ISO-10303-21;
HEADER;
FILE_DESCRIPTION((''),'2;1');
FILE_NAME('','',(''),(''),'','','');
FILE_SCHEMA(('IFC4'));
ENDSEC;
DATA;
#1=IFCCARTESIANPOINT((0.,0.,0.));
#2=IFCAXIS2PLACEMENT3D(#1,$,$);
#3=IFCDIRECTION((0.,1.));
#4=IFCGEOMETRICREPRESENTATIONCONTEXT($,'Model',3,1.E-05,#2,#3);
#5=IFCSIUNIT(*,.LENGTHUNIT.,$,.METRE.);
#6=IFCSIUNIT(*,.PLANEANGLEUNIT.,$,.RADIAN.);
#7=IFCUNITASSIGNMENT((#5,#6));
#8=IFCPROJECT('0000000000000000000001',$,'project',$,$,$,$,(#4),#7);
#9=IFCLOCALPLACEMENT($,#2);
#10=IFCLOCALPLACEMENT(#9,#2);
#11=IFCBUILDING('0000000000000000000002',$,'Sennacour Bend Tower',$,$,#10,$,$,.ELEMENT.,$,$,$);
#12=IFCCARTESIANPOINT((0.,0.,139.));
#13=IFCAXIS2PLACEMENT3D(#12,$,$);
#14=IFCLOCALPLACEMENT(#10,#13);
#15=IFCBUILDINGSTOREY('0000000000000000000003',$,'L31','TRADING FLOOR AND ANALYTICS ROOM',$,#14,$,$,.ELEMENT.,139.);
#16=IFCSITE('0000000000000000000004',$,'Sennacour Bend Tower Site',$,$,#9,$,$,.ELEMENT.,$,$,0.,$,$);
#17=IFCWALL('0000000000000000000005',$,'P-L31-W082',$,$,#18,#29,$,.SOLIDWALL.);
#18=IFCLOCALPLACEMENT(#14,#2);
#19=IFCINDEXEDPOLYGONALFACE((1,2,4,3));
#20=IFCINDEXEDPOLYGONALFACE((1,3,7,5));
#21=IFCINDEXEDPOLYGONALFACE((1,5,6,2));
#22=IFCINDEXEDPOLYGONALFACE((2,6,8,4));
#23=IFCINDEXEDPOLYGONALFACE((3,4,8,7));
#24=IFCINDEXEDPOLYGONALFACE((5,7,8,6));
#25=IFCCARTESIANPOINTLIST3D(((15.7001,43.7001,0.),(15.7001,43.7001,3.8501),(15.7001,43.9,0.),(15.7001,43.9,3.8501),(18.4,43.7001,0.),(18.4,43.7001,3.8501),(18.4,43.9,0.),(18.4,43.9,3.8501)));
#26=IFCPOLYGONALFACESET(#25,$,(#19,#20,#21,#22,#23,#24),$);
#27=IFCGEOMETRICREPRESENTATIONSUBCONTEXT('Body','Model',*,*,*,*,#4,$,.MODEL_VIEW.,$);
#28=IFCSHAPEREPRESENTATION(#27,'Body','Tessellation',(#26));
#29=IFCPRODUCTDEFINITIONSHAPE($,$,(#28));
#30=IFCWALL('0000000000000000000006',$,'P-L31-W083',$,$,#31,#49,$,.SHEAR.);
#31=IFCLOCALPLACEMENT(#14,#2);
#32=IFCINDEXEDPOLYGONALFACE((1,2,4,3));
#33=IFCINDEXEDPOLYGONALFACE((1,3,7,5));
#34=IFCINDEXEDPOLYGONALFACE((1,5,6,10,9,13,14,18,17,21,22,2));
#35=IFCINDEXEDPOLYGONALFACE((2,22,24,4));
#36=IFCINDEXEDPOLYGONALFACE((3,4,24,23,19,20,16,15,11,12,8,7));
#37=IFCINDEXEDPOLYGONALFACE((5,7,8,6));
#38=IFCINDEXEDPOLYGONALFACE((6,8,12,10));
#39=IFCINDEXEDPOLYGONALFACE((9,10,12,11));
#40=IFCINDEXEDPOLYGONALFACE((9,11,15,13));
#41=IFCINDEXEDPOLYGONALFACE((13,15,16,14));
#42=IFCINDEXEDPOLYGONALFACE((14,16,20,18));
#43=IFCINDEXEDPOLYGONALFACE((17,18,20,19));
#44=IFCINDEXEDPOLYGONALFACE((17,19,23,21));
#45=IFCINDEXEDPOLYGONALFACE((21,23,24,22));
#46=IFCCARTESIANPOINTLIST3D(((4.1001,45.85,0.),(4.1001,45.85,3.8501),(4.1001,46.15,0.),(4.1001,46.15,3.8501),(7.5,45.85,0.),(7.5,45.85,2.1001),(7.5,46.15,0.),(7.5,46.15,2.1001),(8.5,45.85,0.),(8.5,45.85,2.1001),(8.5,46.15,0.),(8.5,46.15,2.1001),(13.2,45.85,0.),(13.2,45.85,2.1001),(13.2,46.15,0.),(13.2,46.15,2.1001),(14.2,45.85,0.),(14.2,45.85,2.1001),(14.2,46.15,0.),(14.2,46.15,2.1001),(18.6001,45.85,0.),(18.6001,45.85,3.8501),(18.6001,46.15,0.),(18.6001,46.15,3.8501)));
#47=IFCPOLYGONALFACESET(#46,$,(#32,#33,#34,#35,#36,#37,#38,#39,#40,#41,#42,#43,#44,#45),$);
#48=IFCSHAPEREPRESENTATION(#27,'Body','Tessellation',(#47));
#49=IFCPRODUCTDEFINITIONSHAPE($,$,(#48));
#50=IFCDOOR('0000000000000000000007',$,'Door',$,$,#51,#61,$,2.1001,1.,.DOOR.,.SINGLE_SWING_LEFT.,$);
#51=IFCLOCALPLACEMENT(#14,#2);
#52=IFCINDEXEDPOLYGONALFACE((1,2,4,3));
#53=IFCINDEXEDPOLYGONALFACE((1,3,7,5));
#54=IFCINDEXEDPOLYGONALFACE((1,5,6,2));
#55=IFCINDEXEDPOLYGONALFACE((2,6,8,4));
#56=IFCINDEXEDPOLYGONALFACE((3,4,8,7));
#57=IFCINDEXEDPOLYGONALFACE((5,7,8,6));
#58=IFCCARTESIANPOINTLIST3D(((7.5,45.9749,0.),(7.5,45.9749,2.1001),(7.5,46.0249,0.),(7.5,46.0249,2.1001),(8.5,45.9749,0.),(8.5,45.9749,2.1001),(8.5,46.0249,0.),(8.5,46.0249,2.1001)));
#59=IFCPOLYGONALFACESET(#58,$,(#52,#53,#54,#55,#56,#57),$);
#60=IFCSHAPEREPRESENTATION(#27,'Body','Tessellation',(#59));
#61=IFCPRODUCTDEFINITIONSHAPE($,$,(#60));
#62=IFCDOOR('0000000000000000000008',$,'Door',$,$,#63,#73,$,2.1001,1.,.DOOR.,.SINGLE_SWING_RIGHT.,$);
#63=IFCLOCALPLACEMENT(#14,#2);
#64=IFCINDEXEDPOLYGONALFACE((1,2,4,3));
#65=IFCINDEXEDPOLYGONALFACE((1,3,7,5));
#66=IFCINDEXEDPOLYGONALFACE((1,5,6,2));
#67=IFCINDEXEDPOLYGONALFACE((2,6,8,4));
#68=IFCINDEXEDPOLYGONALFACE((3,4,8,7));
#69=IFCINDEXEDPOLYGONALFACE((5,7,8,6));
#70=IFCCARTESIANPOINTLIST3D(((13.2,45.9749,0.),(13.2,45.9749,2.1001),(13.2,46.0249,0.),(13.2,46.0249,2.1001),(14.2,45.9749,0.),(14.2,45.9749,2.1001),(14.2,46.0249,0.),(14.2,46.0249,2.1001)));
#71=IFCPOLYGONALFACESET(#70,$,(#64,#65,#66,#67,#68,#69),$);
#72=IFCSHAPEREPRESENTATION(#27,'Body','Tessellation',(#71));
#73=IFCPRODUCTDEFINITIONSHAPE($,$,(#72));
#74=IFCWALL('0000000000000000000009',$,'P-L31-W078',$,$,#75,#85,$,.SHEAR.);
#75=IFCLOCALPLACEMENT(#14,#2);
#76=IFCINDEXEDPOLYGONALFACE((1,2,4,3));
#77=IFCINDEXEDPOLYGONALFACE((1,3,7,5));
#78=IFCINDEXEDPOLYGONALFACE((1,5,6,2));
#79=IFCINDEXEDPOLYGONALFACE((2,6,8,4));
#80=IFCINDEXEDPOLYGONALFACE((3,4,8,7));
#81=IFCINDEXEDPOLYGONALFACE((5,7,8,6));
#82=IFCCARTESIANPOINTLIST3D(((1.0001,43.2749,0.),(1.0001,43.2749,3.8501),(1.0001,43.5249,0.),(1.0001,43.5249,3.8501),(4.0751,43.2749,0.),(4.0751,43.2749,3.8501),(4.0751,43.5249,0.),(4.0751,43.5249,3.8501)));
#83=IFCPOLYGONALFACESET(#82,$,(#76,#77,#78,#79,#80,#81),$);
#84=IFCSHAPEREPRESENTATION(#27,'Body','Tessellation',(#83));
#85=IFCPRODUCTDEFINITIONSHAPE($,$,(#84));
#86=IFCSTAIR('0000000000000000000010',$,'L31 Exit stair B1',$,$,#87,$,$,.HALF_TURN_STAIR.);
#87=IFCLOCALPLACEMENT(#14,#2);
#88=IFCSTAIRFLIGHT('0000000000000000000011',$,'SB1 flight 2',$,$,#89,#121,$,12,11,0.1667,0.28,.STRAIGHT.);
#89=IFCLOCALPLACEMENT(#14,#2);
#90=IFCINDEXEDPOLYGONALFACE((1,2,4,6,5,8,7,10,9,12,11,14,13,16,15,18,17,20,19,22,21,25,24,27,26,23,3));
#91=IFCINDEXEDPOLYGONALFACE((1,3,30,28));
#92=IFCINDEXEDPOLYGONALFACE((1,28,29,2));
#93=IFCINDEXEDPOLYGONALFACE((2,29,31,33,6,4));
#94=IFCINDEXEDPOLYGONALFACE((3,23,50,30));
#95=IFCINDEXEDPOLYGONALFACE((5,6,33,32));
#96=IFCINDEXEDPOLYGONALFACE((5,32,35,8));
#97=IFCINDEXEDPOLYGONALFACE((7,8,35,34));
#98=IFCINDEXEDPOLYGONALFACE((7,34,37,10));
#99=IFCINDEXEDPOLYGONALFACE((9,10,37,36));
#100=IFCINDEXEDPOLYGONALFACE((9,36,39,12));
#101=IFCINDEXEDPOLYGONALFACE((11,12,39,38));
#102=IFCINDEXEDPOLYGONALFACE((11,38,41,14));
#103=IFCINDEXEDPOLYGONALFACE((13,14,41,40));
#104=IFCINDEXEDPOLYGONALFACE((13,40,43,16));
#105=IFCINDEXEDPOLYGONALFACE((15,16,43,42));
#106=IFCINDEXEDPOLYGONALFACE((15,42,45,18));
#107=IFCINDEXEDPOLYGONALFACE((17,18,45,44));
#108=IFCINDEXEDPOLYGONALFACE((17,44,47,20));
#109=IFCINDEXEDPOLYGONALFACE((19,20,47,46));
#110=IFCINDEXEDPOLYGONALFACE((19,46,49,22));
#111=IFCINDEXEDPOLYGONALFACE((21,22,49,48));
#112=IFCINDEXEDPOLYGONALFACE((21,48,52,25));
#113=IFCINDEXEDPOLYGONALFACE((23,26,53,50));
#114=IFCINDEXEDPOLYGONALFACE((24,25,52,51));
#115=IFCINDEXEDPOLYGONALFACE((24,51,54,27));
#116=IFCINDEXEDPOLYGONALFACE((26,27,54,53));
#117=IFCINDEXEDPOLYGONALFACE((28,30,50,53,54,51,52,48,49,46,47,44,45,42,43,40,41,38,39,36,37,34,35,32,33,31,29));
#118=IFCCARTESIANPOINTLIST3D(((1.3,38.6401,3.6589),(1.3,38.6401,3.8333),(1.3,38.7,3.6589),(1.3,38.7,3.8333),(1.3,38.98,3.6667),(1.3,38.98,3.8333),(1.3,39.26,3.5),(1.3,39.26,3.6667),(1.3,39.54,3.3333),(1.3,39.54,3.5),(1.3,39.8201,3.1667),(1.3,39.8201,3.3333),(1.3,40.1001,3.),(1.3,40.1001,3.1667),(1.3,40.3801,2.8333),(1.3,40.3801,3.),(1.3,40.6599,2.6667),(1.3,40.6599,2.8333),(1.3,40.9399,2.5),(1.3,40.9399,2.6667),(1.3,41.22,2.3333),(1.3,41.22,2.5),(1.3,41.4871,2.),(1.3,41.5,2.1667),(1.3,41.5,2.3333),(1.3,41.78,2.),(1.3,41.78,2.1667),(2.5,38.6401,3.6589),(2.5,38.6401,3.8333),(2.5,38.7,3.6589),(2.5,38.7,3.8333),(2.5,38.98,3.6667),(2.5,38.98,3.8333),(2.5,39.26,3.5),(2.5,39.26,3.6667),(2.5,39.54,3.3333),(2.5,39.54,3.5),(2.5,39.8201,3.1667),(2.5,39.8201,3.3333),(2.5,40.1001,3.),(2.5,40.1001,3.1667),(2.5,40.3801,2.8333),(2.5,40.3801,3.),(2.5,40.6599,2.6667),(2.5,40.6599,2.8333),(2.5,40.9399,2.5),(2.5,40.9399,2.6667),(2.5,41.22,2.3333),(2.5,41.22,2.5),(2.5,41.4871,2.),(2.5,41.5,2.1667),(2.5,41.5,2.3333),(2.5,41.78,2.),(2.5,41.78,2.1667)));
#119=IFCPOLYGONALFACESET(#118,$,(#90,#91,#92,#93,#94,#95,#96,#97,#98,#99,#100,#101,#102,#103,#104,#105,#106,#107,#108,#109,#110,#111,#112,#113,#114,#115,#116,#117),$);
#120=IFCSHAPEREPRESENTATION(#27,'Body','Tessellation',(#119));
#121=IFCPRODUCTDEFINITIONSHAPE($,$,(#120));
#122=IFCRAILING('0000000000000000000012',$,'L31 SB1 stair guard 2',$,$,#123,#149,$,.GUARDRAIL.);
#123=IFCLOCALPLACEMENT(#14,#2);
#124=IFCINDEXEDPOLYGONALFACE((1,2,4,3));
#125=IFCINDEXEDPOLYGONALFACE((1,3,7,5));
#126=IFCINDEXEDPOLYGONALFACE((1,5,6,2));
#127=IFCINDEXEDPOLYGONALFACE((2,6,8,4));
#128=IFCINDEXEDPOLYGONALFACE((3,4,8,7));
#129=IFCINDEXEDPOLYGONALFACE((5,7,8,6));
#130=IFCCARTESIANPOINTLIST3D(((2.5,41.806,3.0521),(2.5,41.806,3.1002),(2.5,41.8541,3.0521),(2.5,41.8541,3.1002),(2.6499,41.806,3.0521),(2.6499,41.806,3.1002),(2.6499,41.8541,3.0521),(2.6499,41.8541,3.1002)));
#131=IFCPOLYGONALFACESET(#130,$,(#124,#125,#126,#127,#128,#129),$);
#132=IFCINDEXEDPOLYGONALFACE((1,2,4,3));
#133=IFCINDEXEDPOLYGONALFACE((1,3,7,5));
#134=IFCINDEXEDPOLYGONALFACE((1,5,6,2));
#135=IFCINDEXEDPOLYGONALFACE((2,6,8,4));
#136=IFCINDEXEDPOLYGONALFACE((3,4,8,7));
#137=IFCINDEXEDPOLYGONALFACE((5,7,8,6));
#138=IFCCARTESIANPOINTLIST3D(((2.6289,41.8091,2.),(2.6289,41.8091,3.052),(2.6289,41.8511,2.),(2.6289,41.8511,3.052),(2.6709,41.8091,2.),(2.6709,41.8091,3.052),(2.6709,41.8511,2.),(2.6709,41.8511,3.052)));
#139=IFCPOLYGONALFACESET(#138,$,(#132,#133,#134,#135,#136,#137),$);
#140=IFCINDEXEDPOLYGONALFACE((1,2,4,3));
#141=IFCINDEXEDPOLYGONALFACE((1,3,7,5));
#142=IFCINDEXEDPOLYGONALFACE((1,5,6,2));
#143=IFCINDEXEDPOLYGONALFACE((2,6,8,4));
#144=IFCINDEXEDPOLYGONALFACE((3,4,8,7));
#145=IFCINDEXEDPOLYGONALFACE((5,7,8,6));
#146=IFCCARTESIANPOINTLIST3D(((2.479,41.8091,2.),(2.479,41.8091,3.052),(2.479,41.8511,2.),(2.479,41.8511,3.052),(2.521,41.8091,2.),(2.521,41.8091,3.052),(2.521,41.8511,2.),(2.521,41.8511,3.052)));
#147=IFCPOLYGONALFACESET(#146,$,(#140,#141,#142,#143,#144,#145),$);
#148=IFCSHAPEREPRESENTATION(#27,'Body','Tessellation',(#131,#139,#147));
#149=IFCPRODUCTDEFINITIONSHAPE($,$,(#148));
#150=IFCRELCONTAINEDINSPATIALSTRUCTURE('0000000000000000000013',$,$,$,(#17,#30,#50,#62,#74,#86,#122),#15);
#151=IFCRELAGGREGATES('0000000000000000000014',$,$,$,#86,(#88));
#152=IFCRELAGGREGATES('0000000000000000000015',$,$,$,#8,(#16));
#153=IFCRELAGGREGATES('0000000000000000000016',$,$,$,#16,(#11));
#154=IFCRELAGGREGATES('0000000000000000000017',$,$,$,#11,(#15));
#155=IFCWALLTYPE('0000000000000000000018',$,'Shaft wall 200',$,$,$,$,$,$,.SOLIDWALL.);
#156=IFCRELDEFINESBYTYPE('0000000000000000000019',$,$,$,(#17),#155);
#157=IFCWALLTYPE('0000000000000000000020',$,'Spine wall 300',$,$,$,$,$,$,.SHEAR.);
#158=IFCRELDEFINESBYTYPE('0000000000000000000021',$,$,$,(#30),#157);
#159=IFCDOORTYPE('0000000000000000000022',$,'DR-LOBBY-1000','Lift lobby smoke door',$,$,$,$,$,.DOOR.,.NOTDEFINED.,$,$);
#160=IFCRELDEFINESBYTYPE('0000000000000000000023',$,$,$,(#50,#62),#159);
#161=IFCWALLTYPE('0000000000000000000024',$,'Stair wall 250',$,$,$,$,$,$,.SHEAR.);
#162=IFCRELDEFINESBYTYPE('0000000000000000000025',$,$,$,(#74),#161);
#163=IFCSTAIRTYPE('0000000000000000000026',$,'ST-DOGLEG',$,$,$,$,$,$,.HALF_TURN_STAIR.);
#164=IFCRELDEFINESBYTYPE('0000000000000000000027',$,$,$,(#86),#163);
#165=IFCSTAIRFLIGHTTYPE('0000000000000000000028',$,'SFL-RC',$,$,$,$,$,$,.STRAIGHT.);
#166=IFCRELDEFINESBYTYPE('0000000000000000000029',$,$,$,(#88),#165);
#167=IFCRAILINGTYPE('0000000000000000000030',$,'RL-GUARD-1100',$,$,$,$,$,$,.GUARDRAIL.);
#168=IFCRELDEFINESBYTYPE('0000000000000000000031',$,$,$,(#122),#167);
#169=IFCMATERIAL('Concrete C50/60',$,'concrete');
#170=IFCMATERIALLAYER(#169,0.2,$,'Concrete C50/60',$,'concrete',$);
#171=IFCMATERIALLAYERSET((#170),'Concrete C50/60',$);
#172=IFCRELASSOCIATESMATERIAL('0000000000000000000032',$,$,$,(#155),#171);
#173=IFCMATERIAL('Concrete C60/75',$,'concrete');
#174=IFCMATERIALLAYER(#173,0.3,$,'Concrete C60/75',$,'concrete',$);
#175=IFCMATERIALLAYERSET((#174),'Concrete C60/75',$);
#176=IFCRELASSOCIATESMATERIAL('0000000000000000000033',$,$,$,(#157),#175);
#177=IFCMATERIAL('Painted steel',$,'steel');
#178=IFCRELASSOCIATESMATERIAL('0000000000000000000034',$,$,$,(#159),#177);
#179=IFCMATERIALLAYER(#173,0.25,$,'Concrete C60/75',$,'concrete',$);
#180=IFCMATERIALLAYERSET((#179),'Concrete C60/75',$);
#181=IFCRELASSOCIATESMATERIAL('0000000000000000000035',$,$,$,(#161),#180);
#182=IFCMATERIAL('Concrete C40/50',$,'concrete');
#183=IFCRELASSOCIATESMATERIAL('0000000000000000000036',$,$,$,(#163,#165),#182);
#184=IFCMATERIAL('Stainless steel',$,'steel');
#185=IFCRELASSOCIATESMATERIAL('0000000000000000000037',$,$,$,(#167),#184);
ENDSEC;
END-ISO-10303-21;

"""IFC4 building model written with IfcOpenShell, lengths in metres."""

from ifc_helpers import new_model, si_unit, direction, frame, frame_2d, origin, origin_2d, place, context, subcontext, project, spatial, polyline, rectangle, outline, extrude, material, layer, layer_set, type_object, element, fill, aggregate, save


model = new_model("IFC4")

# Units and contexts
model_context = context("Model", 3, precision=1e-05, world=origin(), true_north=direction((0.0, 1.0)))
body_context = subcontext(model_context, "Body", "Model", "MODEL_VIEW")
ifc_project = project(units=[si_unit("LENGTHUNIT", "METRE"), si_unit("PLANEANGLEUNIT", "RADIAN")], contexts=[model_context])

# Site, building, storey
site_placement = place(None, origin())
site = spatial("IfcSite", under=ifc_project, at=site_placement, Name="Sennacour Bend Tower Site", CompositionType="ELEMENT", RefElevation=0.0)
building_placement = place(site_placement, origin())
building = spatial("IfcBuilding", under=site, at=building_placement, Name="Sennacour Bend Tower", CompositionType="ELEMENT")
storey_placement = place(building_placement, frame((0.0, 0.0, 139.0)))
storey = spatial("IfcBuildingStorey", under=building, at=storey_placement, Name="L31", Description="TRADING FLOOR AND ANALYTICS ROOM", CompositionType="ELEMENT", Elevation=139.0)

# Shared definitions
ifc_material_1 = material(Name="Concrete C60/75", Category="concrete")

# Shared definitions
ifc_material_2 = material(Name="Painted steel", Category="steel")

# Wall
ifc_material_3 = material(Name="Concrete C50/60", Category="concrete")
ifc_layer_1 = layer(ifc_material_3, 0.2, Name="Concrete C50/60", Category="concrete")
ifc_layer_set_1 = layer_set([ifc_layer_1], Name="Concrete C50/60")
wall_type_1 = type_object("IfcWallType", Name="Shaft wall 200", PredefinedType="SOLIDWALL", material=ifc_layer_set_1)
wall_1_placement = place(storey_placement, frame((15.7, 43.8, 0.0), z_axis=(0.0, 0.0, 1.0), x_axis=(1.0, 0.0, 0.0)))
element("IfcWall", 1, at=wall_1_placement, inside=storey, type_object=wall_type_1, Name="P-L31-W082", PredefinedType="SOLIDWALL", context=body_context, shape_type="SweptSolid", body=[
    extrude(rectangle(XDim=2.7, YDim=0.2, at=frame_2d((1.3501, 0.0))), origin(), (0.0, 0.0, 1.0), 3.8501),
])

# Wall, openings, doors
ifc_layer_2 = layer(ifc_material_1, 0.3, Name="Concrete C60/75", Category="concrete")
ifc_layer_set_2 = layer_set([ifc_layer_2], Name="Concrete C60/75")
wall_type_2 = type_object("IfcWallType", Name="Spine wall 300", PredefinedType="SHEAR", material=ifc_layer_set_2)
wall_2_placement = place(storey_placement, frame((4.1001, 46.0, 0.0), z_axis=(0.0, 0.0, 1.0), x_axis=(1.0, 0.0, 0.0)))
wall_2 = element("IfcWall", 2, at=wall_2_placement, inside=storey, type_object=wall_type_2, Name="P-L31-W083", PredefinedType="SHEAR", context=body_context, shape_type="SweptSolid", body=[
    extrude(rectangle(XDim=14.5, YDim=0.3, at=frame_2d((7.25, 0.0))), origin(), (0.0, 0.0, 1.0), 3.8501),
])
opening_1_placement = place(wall_2_placement, frame((3.3999, 0.0, 0.0)))
opening_1 = element("IfcOpeningElement", 3, at=opening_1_placement, cuts=wall_2, PredefinedType="OPENING", context=body_context, shape_type="SweptSolid", body=[
    extrude(rectangle(XDim=1.0, YDim=2.1001, at=frame_2d((0.5, 1.05))), frame((0.0, 0.1602, 0.0), z_axis=(0.0, -1.0, 0.0), x_axis=(1.0, 0.0, 0.0)), (0.0, 0.0, 1.0), 0.3201),
])
opening_2_placement = place(wall_2_placement, frame((9.0999, 0.0, 0.0)))
opening_2 = element("IfcOpeningElement", 4, at=opening_2_placement, cuts=wall_2, PredefinedType="OPENING", context=body_context, shape_type="SweptSolid", body=[
    extrude(rectangle(XDim=1.0, YDim=2.1001, at=frame_2d((0.5, 1.05))), frame((0.0, 0.1602, 0.0), z_axis=(0.0, -1.0, 0.0), x_axis=(1.0, 0.0, 0.0)), (0.0, 0.0, 1.0), 0.3201),
])
door_type_1 = type_object("IfcDoorType", Name="DR-LOBBY-1000", Description="Lift lobby smoke door", OperationType="NOTDEFINED", PredefinedType="DOOR", material=ifc_material_2)
door_1_placement = place(opening_1_placement, origin())
door_1 = element("IfcDoor", 5, at=door_1_placement, inside=storey, type_object=door_type_1, Name="Door", OperationType="SINGLE_SWING_LEFT", OverallHeight=2.1001, OverallWidth=1.0, PredefinedType="DOOR", context=body_context, shape_type="SweptSolid", body=[
    extrude(rectangle(XDim=1.0, YDim=2.1001, at=frame_2d((0.5, 1.05))), frame((0.0, 0.0249, 0.0), z_axis=(0.0, -1.0, 0.0), x_axis=(1.0, 0.0, 0.0)), (0.0, 0.0, 1.0), 0.05),
])
fill(opening_1, door_1)
door_2_placement = place(opening_2_placement, origin())
door_2 = element("IfcDoor", 6, at=door_2_placement, inside=storey, type_object=door_type_1, Name="Door", OperationType="SINGLE_SWING_RIGHT", OverallHeight=2.1001, OverallWidth=1.0, PredefinedType="DOOR", context=body_context, shape_type="SweptSolid", body=[
    extrude(rectangle(XDim=1.0, YDim=2.1001, at=frame_2d((0.5, 1.05))), frame((0.0, 0.0249, 0.0), z_axis=(0.0, -1.0, 0.0), x_axis=(1.0, 0.0, 0.0)), (0.0, 0.0, 1.0), 0.05),
])
fill(opening_2, door_2)

# Wall
ifc_layer_3 = layer(ifc_material_1, 0.25, Name="Concrete C60/75", Category="concrete")
ifc_layer_set_3 = layer_set([ifc_layer_3], Name="Concrete C60/75")
wall_type_3 = type_object("IfcWallType", Name="Stair wall 250", PredefinedType="SHEAR", material=ifc_layer_set_3)
wall_3_placement = place(storey_placement, frame((1.0, 43.3999, 0.0), z_axis=(0.0, 0.0, 1.0), x_axis=(1.0, 0.0, 0.0)))
element("IfcWall", 7, at=wall_3_placement, inside=storey, type_object=wall_type_3, Name="P-L31-W078", PredefinedType="SHEAR", context=body_context, shape_type="SweptSolid", body=[
    extrude(rectangle(XDim=3.075, YDim=0.25, at=frame_2d((1.5376, 0.0))), origin(), (0.0, 0.0, 1.0), 3.8501),
])

# Stair, stair flight
ifc_material_4 = material(Name="Concrete C40/50", Category="concrete")
stair_type = type_object("IfcStairType", Name="ST-DOGLEG", PredefinedType="HALF_TURN_STAIR", material=ifc_material_4)
stair_placement = place(storey_placement, origin())
stair = element("IfcStair", 8, at=stair_placement, inside=storey, type_object=stair_type, Name="L31 Exit stair B1", PredefinedType="HALF_TURN_STAIR")
stair_flight_type = type_object("IfcStairFlightType", Name="SFL-RC", PredefinedType="STRAIGHT", material=ifc_material_4)
stair_flight_placement = place(storey_placement, frame((1.8999, 41.78, 2.0), z_axis=(0.0, 0.0, 1.0), x_axis=(0.0, -1.0, 0.0)))
stair_flight = element("IfcStairFlight", 9, at=stair_flight_placement, type_object=stair_flight_type, Name="SB1 flight 2", NumberOfRisers=12, NumberOfTreads=11, PredefinedType="STRAIGHT", RiserHeight=0.1667, TreadLength=0.28, context=body_context, shape_type="SweptSolid", body=[
    extrude(outline(polyline([(0.0, 0.0), (0.0, 0.1667), (0.28, 0.1667), (0.28, 0.3333), (0.5601, 0.3333), (0.5601, 0.5), (0.8401, 0.5), (0.8401, 0.6667), (1.1201, 0.6667), (1.1201, 0.8333), (1.3999, 0.8333), (1.3999, 1.0), (1.6799, 1.0), (1.6799, 1.1667), (1.96, 1.1667), (1.96, 1.3333), (2.24, 1.3333), (2.24, 1.5), (2.52, 1.5), (2.52, 1.6667), (2.8, 1.6667), (2.8, 1.8333), (3.0801, 1.8333), (3.1399, 1.8333), (3.1399, 1.6589), (3.0801, 1.6589), (0.293, 0.0), (0.0, 0.0)])), frame((0.0, 0.6001, 0.0), z_axis=(0.0, -1.0, 0.0), x_axis=(1.0, 0.0, 0.0)), (0.0, 0.0, 1.0), 1.2),
])
aggregate(stair, [stair_flight])

# Railing
ifc_material_5 = material(Name="Stainless steel", Category="steel")
railing_type_1 = type_object("IfcRailingType", Name="RL-GUARD-1100", PredefinedType="GUARDRAIL", material=ifc_material_5)
railing_1_placement = place(storey_placement, frame((2.6499, 41.8301, 2.0)))
element("IfcRailing", 10, at=railing_1_placement, inside=storey, type_object=railing_type_1, Name="L31 SB1 stair guard 2", PredefinedType="GUARDRAIL", context=body_context, shape_type="SweptSolid", body=[
    extrude(rectangle(XDim=0.0481, YDim=0.0481, at=origin_2d()), frame((0.0, 0.0, 1.0762), z_axis=(-1.0, 0.0, 0.0), x_axis=(0.0, -1.0, 0.0)), (0.0, 0.0, 1.0), 0.1499),
    extrude(rectangle(XDim=0.042, YDim=0.042, at=origin_2d()), origin(), (0.0, 0.0, 1.0), 1.052),
    extrude(rectangle(XDim=0.042, YDim=0.042, at=origin_2d()), frame((-0.1499, 0.0, 0.0)), (0.0, 0.0, 1.0), 1.052),
])

save(model, "model.ifc")
